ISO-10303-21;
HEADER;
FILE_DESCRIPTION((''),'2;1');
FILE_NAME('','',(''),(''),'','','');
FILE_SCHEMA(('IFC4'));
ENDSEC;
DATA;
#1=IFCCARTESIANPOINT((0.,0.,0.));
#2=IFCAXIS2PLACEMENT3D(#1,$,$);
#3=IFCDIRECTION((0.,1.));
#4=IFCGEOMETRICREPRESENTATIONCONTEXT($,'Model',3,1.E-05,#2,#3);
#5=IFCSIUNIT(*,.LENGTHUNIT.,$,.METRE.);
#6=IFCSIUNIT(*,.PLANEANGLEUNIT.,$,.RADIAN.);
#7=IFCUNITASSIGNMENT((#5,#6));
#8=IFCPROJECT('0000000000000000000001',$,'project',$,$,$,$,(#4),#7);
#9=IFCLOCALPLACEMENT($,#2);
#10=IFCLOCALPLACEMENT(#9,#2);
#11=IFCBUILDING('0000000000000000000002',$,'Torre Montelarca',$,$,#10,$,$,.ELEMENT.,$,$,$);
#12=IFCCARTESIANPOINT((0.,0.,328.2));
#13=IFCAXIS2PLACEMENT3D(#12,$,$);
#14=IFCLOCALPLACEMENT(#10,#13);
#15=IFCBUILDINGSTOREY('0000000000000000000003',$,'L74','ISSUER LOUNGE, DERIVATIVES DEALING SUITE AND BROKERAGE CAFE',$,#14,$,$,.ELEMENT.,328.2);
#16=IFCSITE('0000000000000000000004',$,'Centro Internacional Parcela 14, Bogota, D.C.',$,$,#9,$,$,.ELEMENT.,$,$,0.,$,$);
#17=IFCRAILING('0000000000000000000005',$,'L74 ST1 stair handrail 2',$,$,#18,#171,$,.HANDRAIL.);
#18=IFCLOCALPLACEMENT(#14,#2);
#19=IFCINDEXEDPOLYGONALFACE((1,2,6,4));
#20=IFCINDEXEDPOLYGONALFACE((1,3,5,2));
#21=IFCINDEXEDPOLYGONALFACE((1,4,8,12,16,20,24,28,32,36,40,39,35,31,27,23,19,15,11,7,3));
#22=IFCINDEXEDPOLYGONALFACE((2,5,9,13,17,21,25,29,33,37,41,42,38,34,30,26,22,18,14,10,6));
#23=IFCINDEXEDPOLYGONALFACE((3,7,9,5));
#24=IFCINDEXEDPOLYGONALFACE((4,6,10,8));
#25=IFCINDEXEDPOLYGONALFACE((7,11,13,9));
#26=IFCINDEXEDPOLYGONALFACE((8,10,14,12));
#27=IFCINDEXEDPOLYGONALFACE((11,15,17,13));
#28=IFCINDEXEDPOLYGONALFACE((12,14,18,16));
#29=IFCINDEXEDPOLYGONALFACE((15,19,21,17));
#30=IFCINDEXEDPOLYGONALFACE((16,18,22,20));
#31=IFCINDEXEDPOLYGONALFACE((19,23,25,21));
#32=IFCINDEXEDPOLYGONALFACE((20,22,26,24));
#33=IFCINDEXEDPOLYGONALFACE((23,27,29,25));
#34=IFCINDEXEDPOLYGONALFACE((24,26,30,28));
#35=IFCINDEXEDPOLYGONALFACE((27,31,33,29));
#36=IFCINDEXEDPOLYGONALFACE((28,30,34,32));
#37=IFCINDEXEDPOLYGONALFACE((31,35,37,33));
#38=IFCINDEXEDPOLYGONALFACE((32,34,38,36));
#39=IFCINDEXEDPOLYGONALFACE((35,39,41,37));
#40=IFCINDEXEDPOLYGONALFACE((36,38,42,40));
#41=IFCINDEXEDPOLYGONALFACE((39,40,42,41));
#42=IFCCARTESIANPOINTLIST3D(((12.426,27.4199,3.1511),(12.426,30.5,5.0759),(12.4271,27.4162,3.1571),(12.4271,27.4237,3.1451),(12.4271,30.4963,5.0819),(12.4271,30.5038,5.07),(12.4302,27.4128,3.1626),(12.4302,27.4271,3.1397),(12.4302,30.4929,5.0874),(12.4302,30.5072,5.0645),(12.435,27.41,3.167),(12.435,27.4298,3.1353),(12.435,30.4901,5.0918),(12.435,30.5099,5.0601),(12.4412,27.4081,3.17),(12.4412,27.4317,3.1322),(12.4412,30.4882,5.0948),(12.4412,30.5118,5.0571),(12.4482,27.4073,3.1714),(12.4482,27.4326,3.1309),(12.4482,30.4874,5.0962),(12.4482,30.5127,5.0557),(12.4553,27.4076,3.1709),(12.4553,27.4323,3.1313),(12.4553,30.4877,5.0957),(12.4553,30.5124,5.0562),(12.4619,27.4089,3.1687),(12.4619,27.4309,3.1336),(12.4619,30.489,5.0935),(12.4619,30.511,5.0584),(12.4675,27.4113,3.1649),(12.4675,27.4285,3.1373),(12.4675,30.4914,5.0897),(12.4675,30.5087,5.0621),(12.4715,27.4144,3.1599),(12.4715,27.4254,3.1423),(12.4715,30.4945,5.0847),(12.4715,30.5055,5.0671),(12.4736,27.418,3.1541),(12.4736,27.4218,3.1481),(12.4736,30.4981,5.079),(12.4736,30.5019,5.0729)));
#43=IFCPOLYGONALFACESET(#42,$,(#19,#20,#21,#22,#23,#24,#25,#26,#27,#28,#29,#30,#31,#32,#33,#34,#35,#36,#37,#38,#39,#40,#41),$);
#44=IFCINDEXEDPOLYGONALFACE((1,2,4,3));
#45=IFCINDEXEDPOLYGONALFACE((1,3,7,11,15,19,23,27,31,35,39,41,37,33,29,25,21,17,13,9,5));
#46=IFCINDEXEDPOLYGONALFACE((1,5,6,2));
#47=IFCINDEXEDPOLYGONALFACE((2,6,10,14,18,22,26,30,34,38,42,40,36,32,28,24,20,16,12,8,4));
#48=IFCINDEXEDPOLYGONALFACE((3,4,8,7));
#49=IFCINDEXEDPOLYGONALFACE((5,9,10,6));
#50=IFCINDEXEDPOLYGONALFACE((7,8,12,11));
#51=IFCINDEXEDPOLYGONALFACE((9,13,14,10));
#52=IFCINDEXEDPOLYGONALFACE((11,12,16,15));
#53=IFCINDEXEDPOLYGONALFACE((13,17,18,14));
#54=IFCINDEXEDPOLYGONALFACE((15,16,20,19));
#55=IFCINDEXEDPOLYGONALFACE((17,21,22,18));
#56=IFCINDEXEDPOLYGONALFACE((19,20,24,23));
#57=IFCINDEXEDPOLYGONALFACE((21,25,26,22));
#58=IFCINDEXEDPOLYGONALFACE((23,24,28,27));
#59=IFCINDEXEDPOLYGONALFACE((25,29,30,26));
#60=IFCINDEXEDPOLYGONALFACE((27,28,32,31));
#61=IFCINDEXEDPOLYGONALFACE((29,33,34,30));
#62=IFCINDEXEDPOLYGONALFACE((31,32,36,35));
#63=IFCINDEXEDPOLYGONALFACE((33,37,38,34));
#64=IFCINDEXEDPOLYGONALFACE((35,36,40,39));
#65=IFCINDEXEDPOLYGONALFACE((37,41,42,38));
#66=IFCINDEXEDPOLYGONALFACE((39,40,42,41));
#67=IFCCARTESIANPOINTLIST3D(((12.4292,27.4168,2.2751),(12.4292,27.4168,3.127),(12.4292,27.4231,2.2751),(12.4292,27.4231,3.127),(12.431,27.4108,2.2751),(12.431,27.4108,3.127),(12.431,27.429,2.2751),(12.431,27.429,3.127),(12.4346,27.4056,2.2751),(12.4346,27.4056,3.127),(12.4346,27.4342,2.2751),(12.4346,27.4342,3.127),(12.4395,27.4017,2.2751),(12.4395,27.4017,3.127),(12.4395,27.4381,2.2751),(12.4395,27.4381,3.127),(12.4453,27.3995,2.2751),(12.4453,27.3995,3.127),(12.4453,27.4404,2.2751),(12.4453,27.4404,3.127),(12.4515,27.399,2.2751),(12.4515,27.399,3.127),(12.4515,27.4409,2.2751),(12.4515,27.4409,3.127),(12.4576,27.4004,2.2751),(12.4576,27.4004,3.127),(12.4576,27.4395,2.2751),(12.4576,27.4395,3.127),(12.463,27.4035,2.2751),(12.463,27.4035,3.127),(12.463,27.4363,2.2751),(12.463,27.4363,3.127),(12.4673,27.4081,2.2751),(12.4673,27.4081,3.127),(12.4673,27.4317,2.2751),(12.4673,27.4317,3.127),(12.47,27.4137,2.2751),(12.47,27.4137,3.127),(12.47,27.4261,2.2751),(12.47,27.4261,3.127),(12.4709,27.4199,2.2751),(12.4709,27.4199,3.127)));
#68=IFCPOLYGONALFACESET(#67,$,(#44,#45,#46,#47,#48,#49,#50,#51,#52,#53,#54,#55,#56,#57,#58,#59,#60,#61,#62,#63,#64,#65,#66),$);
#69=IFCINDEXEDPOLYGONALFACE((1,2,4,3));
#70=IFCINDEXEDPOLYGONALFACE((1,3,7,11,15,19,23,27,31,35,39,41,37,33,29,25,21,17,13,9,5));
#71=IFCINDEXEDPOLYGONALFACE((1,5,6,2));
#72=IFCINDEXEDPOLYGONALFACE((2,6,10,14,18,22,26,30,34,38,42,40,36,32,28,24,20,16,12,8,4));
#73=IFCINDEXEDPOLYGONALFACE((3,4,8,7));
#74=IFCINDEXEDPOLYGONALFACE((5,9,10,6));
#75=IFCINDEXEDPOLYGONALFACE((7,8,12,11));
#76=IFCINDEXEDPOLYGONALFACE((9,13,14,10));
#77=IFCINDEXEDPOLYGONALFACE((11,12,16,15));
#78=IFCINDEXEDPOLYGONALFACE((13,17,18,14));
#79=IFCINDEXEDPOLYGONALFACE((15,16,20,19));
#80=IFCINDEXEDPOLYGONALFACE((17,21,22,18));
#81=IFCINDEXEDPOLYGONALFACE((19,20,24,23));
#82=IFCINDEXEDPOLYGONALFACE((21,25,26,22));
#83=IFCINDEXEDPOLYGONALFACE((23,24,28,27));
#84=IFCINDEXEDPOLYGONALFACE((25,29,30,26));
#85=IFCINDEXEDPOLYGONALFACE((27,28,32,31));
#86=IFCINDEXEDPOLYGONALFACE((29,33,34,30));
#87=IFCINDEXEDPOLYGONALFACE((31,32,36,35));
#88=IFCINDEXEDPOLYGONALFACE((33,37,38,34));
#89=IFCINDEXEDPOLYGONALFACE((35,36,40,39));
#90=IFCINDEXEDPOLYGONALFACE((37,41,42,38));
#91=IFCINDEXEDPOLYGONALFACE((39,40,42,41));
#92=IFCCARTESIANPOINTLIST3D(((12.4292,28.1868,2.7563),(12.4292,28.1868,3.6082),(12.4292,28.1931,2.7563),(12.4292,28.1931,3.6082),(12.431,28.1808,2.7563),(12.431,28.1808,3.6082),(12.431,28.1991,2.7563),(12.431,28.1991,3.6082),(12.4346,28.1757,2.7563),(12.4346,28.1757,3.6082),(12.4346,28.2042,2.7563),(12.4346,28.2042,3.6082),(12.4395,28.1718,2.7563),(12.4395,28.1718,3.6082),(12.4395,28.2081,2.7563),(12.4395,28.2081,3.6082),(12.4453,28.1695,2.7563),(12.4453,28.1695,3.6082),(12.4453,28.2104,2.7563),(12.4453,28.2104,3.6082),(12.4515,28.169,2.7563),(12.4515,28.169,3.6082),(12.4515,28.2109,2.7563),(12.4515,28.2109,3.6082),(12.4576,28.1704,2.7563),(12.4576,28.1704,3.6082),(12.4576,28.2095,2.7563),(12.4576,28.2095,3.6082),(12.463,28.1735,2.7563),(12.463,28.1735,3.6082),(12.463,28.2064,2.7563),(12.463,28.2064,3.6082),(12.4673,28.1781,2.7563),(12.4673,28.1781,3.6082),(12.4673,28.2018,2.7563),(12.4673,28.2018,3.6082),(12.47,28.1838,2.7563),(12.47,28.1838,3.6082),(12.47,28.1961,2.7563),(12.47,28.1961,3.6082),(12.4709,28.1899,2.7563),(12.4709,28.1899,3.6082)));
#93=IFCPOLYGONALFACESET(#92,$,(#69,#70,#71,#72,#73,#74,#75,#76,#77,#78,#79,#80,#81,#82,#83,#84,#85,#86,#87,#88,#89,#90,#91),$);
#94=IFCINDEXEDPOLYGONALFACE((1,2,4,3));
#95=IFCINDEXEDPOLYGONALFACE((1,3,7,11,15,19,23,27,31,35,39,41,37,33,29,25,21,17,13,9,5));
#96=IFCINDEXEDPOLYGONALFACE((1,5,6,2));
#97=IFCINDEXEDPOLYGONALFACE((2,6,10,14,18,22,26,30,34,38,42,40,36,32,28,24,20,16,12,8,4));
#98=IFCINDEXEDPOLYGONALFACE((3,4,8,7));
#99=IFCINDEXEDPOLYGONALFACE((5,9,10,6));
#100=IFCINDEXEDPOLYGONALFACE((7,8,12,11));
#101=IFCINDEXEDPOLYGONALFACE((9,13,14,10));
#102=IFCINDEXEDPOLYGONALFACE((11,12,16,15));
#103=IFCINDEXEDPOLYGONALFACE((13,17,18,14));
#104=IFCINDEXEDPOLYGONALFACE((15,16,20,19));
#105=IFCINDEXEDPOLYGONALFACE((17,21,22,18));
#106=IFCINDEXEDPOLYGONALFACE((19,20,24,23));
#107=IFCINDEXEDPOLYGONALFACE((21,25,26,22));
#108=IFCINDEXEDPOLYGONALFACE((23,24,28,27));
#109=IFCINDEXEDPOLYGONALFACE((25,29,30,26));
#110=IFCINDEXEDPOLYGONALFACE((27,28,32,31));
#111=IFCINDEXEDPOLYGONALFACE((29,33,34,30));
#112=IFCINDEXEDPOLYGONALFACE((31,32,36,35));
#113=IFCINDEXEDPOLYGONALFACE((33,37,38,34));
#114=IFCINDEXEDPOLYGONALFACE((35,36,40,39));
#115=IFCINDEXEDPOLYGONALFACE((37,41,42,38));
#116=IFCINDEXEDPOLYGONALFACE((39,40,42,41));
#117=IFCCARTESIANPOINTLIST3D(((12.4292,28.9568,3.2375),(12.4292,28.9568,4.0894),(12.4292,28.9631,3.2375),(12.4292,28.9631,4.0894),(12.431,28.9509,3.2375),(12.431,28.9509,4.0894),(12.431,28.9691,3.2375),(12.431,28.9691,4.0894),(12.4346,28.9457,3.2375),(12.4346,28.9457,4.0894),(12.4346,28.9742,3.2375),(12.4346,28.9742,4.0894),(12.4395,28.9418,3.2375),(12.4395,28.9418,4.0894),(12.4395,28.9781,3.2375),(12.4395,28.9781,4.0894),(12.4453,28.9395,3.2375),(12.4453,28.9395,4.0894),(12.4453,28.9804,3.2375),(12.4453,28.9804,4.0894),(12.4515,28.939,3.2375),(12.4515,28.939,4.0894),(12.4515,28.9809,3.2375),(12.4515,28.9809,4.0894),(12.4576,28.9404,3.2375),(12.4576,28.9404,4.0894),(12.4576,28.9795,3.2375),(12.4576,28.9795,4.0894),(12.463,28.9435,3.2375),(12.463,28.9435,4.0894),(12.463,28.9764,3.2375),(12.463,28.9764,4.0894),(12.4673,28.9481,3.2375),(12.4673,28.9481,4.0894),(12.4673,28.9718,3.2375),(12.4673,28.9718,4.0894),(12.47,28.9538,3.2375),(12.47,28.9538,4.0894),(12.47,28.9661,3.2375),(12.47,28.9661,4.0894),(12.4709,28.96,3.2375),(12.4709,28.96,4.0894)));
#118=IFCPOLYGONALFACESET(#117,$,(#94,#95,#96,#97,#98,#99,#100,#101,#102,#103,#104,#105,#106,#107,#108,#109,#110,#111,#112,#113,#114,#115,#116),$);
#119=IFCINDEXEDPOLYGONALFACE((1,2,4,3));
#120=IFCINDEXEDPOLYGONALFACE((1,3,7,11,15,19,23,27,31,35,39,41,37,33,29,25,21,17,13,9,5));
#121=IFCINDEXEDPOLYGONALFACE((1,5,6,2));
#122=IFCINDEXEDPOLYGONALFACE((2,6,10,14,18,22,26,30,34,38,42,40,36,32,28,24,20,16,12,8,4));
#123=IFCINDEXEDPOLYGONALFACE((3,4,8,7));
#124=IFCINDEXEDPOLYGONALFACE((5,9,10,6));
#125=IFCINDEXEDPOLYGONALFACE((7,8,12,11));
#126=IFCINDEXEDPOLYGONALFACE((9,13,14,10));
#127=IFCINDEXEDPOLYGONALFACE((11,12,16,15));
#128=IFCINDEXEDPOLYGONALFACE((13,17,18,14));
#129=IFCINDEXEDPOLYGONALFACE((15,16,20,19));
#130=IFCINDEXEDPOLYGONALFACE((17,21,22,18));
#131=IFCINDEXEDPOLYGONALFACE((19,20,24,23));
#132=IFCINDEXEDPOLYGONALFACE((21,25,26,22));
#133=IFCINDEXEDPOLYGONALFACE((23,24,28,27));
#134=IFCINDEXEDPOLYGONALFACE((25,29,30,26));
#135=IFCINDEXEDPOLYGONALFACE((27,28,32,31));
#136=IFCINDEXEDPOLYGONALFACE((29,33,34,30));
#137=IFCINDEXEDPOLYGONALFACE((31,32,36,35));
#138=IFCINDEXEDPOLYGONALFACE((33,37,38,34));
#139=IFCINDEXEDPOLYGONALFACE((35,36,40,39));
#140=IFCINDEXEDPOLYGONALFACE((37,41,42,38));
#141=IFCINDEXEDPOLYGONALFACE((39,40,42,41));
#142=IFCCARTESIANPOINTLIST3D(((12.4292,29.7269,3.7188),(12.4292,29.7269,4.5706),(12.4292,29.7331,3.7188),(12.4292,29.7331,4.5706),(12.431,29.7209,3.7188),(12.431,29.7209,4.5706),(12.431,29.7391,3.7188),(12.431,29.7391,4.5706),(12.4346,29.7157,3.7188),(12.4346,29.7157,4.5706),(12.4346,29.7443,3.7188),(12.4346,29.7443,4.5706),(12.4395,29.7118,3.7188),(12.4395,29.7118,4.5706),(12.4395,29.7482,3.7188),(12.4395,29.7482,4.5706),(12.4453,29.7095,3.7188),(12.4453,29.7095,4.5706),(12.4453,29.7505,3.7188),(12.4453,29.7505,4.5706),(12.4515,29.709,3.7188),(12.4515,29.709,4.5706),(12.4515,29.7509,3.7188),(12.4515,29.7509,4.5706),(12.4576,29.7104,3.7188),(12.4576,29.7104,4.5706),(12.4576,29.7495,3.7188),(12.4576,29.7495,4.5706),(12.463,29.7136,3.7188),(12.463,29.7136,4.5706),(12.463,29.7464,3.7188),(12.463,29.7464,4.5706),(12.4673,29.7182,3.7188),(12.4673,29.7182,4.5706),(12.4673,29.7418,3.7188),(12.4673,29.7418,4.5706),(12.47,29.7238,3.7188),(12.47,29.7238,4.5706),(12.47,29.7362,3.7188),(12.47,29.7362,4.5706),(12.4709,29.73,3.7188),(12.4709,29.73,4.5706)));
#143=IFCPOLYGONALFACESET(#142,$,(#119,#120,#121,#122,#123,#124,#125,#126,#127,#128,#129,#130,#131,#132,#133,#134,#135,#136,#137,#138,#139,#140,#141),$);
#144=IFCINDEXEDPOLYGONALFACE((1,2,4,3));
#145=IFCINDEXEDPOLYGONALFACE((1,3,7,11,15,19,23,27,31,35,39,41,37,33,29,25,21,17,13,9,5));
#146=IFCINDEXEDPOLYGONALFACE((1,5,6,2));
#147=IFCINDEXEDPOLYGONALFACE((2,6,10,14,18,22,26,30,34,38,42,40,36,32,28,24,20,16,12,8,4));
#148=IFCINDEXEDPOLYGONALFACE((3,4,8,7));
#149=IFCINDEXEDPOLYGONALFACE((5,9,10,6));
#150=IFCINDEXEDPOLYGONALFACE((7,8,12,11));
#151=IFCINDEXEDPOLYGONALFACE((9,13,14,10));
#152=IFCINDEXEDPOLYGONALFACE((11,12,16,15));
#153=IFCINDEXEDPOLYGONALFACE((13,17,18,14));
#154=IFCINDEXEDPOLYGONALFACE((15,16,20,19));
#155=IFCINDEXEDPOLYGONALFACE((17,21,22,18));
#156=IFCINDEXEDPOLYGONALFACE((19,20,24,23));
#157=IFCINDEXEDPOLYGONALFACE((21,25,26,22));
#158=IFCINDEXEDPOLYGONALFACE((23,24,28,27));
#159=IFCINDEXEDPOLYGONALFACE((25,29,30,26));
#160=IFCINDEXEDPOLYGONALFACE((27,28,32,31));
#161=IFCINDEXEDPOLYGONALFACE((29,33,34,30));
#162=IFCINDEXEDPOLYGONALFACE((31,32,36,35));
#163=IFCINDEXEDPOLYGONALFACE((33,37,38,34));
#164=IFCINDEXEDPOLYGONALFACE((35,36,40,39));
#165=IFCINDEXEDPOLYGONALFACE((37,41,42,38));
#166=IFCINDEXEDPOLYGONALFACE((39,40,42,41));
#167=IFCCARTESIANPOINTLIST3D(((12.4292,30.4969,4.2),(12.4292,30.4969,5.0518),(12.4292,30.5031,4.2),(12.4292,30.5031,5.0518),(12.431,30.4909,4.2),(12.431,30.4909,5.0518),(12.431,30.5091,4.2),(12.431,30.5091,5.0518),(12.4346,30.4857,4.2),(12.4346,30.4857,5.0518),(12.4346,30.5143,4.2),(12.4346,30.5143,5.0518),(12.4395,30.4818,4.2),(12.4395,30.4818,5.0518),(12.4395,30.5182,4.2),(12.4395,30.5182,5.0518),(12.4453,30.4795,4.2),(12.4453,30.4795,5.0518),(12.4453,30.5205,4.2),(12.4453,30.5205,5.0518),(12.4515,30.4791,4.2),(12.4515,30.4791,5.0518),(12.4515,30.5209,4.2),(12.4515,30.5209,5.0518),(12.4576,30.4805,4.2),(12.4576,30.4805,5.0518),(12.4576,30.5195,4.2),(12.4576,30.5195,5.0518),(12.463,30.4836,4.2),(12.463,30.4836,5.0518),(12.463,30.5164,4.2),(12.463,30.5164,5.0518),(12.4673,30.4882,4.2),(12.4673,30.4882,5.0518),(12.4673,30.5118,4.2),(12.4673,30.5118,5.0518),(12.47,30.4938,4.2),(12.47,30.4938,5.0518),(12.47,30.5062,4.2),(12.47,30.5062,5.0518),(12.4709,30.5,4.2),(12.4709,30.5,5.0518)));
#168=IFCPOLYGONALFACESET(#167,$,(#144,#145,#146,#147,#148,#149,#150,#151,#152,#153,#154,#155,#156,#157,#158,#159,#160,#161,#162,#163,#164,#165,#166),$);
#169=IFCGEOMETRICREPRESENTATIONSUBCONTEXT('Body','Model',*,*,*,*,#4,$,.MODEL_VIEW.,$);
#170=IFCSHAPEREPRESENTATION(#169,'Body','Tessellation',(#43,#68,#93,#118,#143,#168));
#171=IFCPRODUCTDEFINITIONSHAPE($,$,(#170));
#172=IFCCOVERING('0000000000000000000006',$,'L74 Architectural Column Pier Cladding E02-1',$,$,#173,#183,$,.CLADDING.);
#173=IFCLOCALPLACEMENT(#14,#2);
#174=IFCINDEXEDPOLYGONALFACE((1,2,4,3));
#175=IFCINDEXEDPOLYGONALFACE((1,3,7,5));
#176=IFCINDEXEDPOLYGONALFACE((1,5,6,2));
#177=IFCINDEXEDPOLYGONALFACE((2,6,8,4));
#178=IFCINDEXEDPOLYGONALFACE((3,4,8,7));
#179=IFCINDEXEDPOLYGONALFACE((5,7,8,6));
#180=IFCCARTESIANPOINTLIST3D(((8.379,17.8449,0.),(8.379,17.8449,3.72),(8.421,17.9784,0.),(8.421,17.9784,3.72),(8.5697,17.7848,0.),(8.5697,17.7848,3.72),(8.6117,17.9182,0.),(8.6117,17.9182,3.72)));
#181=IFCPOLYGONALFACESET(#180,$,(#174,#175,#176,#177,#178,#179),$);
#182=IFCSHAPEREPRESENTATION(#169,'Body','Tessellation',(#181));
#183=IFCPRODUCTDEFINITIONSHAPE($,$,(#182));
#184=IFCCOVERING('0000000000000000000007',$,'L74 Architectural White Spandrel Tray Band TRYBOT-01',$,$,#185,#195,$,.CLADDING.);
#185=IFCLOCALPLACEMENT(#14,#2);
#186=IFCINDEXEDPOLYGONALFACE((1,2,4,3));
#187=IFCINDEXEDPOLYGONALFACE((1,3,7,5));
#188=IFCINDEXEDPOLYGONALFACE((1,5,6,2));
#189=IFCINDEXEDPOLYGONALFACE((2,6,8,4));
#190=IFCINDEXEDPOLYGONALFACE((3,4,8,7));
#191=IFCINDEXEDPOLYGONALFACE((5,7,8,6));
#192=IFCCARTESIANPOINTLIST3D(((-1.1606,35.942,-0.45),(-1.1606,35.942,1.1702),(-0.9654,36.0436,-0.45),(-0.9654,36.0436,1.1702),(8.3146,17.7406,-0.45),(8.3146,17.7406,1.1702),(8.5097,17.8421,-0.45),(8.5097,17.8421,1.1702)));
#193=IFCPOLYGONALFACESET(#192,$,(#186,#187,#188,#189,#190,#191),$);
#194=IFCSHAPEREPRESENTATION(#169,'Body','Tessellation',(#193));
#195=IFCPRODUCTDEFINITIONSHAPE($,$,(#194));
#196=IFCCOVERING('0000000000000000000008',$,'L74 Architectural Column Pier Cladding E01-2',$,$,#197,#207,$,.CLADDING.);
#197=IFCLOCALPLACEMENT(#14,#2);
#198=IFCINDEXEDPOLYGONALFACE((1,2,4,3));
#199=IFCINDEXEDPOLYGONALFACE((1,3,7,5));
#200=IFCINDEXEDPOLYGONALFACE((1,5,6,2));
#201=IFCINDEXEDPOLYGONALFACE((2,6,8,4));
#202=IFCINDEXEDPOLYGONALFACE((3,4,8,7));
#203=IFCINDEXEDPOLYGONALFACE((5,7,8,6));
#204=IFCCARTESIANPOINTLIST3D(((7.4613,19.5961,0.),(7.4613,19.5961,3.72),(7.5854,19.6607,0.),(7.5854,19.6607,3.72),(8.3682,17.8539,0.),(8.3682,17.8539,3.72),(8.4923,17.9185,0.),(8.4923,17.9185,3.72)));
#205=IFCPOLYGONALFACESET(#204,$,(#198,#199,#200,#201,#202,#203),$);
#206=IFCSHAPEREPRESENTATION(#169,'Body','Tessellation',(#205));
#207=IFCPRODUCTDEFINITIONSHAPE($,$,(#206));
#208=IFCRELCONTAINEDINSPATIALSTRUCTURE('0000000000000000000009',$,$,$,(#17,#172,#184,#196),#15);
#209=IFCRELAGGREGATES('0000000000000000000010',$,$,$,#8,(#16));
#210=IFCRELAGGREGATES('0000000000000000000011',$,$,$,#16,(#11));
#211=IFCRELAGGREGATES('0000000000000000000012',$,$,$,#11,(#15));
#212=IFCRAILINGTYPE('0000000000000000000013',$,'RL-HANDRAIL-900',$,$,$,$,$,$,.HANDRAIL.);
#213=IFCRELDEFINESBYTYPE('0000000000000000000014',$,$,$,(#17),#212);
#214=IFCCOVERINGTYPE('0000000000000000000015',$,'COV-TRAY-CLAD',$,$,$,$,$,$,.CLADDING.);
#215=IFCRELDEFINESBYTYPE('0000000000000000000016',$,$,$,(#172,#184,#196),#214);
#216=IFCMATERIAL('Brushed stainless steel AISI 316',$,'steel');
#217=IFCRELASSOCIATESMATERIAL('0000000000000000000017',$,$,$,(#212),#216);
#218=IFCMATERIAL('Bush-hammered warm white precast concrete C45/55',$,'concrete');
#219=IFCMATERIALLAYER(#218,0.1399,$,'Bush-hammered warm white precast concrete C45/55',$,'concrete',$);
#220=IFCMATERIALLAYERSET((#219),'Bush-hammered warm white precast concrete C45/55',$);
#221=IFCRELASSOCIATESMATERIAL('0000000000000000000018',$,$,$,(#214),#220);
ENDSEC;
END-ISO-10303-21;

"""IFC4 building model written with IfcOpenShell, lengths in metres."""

from ifc_helpers import new_model, si_unit, direction, frame, origin, origin_2d, place, context, subcontext, project, spatial, rectangle, circle, extrude, source, transform, mapped, material, layer, layer_set, type_object, element, save


model = new_model("IFC4")

# Units and contexts
model_context = context("Model", 3, precision=1e-05, world=origin(), true_north=direction((0.0, 1.0)))
body_context = subcontext(model_context, "Body", "Model", "MODEL_VIEW")
ifc_project = project(units=[si_unit("LENGTHUNIT", "METRE"), si_unit("PLANEANGLEUNIT", "RADIAN")], contexts=[model_context])

# Site, building, storey
site_placement = place(None, origin())
site = spatial("IfcSite", under=ifc_project, at=site_placement, Name="Centro Internacional Parcela 14, Bogota, D.C.", CompositionType="ELEMENT", RefElevation=0.0)
building_placement = place(site_placement, origin())
building = spatial("IfcBuilding", under=site, at=building_placement, Name="Torre Montelarca", CompositionType="ELEMENT")
storey_placement = place(building_placement, frame((0.0, 0.0, 328.2)))
storey = spatial("IfcBuildingStorey", under=building, at=storey_placement, Name="L74", Description="ISSUER LOUNGE, DERIVATIVES DEALING SUITE AND BROKERAGE CAFE", CompositionType="ELEMENT", Elevation=328.2)

# Railing
ifc_material_1 = material(Name="Brushed stainless steel AISI 316", Category="steel")
railing_type_1 = type_object("IfcRailingType", Name="RL-HANDRAIL-900", PredefinedType="HANDRAIL", material=ifc_material_1)
railing_1_placement = place(storey_placement, frame((12.45, 27.4199, 2.2751)))
element("IfcRailing", 1, at=railing_1_placement, inside=storey, type_object=railing_type_1, Name="L74 ST1 stair handrail 2", PredefinedType="HANDRAIL", context=body_context, shape_type="SweptSolid", body=[
    extrude(circle(Radius=0.0239, at=origin_2d()), frame((0.0, 0.0, 0.876), z_axis=(0.0, 0.848029, 0.529951), x_axis=(-1.0, 0.0, 0.0)), (0.0, 0.0, 1.0), 3.6321),
    extrude(circle(Radius=0.021, at=origin_2d()), origin(), (0.0, 0.0, 1.0), 0.8518),
    extrude(circle(Radius=0.021, at=origin_2d()), frame((0.0, 0.77, 0.4812)), (0.0, 0.0, 1.0), 0.8518),
    extrude(circle(Radius=0.021, at=origin_2d()), frame((0.0, 1.54, 0.9624)), (0.0, 0.0, 1.0), 0.8518),
    extrude(circle(Radius=0.021, at=origin_2d()), frame((0.0, 2.3101, 1.4436)), (0.0, 0.0, 1.0), 0.8518),
    extrude(circle(Radius=0.021, at=origin_2d()), frame((0.0, 3.0801, 1.9248)), (0.0, 0.0, 1.0), 0.8518),
])

# Coverings
ifc_material_2 = material(Name="Bush-hammered warm white precast concrete C45/55", Category="concrete")
ifc_layer_1 = layer(ifc_material_2, 0.1399, Name="Bush-hammered warm white precast concrete C45/55", Category="concrete")
ifc_layer_set_1 = layer_set([ifc_layer_1], Name="Bush-hammered warm white precast concrete C45/55")
covering_type = type_object("IfcCoveringType", Name="COV-TRAY-CLAD", PredefinedType="CLADDING", material=ifc_layer_set_1)
shared_shape_1 = source(origin(), body_context, "Body", "SweptSolid", [
    extrude(rectangle(XDim=0.2, YDim=0.1399, at=origin_2d()), origin(), (0.0, 0.0, 1.0), 3.72),
])
covering_1_placement = place(storey_placement, frame((8.4954, 17.8816, 0.0), z_axis=(0.0, 0.0, 1.0), x_axis=(0.953717, -0.300704, 0.0)))
element("IfcCovering", 2, at=covering_1_placement, inside=storey, type_object=covering_type, Name="L74 Architectural Column Pier Cladding E02-1", PredefinedType="CLADDING", context=body_context, shape_type="MappedRepresentation", body=[
    mapped(shared_shape_1, transform((0.0, 0.0, 0.0), scale=1.0)),
])
shared_shape_2 = source(origin(), body_context, "Body", "SweptSolid", [
    extrude(rectangle(XDim=20.52, YDim=0.22, at=origin_2d()), origin(), (0.0, 0.0, 1.0), 1.6201),
])
covering_2_placement = place(storey_placement, frame((3.6746, 26.8921, -0.45), z_axis=(0.0, 0.0, 1.0), x_axis=(0.46175, -0.88701, 0.0)))
element("IfcCovering", 3, at=covering_2_placement, inside=storey, type_object=covering_type, Name="L74 Architectural White Spandrel Tray Band TRYBOT-01", PredefinedType="CLADDING", context=body_context, shape_type="MappedRepresentation", body=[
    mapped(shared_shape_2, transform((0.0, 0.0, 0.0), scale=1.0)),
])
shared_shape_3 = source(origin(), body_context, "Body", "SweptSolid", [
    extrude(rectangle(XDim=1.9641, YDim=0.1399, at=origin_2d()), origin(), (0.0, 0.0, 1.0), 3.72),
])
covering_3_placement = place(storey_placement, frame((7.9768, 18.7573, 0.0), z_axis=(0.0, 0.0, 1.0), x_axis=(0.461749, -0.887011, 0.0)))
element("IfcCovering", 4, at=covering_3_placement, inside=storey, type_object=covering_type, Name="L74 Architectural Column Pier Cladding E01-2", PredefinedType="CLADDING", context=body_context, shape_type="MappedRepresentation", body=[
    mapped(shared_shape_3, transform((0.0, 0.0, 0.0), scale=1.0)),
])

save(model, "model.ifc")
